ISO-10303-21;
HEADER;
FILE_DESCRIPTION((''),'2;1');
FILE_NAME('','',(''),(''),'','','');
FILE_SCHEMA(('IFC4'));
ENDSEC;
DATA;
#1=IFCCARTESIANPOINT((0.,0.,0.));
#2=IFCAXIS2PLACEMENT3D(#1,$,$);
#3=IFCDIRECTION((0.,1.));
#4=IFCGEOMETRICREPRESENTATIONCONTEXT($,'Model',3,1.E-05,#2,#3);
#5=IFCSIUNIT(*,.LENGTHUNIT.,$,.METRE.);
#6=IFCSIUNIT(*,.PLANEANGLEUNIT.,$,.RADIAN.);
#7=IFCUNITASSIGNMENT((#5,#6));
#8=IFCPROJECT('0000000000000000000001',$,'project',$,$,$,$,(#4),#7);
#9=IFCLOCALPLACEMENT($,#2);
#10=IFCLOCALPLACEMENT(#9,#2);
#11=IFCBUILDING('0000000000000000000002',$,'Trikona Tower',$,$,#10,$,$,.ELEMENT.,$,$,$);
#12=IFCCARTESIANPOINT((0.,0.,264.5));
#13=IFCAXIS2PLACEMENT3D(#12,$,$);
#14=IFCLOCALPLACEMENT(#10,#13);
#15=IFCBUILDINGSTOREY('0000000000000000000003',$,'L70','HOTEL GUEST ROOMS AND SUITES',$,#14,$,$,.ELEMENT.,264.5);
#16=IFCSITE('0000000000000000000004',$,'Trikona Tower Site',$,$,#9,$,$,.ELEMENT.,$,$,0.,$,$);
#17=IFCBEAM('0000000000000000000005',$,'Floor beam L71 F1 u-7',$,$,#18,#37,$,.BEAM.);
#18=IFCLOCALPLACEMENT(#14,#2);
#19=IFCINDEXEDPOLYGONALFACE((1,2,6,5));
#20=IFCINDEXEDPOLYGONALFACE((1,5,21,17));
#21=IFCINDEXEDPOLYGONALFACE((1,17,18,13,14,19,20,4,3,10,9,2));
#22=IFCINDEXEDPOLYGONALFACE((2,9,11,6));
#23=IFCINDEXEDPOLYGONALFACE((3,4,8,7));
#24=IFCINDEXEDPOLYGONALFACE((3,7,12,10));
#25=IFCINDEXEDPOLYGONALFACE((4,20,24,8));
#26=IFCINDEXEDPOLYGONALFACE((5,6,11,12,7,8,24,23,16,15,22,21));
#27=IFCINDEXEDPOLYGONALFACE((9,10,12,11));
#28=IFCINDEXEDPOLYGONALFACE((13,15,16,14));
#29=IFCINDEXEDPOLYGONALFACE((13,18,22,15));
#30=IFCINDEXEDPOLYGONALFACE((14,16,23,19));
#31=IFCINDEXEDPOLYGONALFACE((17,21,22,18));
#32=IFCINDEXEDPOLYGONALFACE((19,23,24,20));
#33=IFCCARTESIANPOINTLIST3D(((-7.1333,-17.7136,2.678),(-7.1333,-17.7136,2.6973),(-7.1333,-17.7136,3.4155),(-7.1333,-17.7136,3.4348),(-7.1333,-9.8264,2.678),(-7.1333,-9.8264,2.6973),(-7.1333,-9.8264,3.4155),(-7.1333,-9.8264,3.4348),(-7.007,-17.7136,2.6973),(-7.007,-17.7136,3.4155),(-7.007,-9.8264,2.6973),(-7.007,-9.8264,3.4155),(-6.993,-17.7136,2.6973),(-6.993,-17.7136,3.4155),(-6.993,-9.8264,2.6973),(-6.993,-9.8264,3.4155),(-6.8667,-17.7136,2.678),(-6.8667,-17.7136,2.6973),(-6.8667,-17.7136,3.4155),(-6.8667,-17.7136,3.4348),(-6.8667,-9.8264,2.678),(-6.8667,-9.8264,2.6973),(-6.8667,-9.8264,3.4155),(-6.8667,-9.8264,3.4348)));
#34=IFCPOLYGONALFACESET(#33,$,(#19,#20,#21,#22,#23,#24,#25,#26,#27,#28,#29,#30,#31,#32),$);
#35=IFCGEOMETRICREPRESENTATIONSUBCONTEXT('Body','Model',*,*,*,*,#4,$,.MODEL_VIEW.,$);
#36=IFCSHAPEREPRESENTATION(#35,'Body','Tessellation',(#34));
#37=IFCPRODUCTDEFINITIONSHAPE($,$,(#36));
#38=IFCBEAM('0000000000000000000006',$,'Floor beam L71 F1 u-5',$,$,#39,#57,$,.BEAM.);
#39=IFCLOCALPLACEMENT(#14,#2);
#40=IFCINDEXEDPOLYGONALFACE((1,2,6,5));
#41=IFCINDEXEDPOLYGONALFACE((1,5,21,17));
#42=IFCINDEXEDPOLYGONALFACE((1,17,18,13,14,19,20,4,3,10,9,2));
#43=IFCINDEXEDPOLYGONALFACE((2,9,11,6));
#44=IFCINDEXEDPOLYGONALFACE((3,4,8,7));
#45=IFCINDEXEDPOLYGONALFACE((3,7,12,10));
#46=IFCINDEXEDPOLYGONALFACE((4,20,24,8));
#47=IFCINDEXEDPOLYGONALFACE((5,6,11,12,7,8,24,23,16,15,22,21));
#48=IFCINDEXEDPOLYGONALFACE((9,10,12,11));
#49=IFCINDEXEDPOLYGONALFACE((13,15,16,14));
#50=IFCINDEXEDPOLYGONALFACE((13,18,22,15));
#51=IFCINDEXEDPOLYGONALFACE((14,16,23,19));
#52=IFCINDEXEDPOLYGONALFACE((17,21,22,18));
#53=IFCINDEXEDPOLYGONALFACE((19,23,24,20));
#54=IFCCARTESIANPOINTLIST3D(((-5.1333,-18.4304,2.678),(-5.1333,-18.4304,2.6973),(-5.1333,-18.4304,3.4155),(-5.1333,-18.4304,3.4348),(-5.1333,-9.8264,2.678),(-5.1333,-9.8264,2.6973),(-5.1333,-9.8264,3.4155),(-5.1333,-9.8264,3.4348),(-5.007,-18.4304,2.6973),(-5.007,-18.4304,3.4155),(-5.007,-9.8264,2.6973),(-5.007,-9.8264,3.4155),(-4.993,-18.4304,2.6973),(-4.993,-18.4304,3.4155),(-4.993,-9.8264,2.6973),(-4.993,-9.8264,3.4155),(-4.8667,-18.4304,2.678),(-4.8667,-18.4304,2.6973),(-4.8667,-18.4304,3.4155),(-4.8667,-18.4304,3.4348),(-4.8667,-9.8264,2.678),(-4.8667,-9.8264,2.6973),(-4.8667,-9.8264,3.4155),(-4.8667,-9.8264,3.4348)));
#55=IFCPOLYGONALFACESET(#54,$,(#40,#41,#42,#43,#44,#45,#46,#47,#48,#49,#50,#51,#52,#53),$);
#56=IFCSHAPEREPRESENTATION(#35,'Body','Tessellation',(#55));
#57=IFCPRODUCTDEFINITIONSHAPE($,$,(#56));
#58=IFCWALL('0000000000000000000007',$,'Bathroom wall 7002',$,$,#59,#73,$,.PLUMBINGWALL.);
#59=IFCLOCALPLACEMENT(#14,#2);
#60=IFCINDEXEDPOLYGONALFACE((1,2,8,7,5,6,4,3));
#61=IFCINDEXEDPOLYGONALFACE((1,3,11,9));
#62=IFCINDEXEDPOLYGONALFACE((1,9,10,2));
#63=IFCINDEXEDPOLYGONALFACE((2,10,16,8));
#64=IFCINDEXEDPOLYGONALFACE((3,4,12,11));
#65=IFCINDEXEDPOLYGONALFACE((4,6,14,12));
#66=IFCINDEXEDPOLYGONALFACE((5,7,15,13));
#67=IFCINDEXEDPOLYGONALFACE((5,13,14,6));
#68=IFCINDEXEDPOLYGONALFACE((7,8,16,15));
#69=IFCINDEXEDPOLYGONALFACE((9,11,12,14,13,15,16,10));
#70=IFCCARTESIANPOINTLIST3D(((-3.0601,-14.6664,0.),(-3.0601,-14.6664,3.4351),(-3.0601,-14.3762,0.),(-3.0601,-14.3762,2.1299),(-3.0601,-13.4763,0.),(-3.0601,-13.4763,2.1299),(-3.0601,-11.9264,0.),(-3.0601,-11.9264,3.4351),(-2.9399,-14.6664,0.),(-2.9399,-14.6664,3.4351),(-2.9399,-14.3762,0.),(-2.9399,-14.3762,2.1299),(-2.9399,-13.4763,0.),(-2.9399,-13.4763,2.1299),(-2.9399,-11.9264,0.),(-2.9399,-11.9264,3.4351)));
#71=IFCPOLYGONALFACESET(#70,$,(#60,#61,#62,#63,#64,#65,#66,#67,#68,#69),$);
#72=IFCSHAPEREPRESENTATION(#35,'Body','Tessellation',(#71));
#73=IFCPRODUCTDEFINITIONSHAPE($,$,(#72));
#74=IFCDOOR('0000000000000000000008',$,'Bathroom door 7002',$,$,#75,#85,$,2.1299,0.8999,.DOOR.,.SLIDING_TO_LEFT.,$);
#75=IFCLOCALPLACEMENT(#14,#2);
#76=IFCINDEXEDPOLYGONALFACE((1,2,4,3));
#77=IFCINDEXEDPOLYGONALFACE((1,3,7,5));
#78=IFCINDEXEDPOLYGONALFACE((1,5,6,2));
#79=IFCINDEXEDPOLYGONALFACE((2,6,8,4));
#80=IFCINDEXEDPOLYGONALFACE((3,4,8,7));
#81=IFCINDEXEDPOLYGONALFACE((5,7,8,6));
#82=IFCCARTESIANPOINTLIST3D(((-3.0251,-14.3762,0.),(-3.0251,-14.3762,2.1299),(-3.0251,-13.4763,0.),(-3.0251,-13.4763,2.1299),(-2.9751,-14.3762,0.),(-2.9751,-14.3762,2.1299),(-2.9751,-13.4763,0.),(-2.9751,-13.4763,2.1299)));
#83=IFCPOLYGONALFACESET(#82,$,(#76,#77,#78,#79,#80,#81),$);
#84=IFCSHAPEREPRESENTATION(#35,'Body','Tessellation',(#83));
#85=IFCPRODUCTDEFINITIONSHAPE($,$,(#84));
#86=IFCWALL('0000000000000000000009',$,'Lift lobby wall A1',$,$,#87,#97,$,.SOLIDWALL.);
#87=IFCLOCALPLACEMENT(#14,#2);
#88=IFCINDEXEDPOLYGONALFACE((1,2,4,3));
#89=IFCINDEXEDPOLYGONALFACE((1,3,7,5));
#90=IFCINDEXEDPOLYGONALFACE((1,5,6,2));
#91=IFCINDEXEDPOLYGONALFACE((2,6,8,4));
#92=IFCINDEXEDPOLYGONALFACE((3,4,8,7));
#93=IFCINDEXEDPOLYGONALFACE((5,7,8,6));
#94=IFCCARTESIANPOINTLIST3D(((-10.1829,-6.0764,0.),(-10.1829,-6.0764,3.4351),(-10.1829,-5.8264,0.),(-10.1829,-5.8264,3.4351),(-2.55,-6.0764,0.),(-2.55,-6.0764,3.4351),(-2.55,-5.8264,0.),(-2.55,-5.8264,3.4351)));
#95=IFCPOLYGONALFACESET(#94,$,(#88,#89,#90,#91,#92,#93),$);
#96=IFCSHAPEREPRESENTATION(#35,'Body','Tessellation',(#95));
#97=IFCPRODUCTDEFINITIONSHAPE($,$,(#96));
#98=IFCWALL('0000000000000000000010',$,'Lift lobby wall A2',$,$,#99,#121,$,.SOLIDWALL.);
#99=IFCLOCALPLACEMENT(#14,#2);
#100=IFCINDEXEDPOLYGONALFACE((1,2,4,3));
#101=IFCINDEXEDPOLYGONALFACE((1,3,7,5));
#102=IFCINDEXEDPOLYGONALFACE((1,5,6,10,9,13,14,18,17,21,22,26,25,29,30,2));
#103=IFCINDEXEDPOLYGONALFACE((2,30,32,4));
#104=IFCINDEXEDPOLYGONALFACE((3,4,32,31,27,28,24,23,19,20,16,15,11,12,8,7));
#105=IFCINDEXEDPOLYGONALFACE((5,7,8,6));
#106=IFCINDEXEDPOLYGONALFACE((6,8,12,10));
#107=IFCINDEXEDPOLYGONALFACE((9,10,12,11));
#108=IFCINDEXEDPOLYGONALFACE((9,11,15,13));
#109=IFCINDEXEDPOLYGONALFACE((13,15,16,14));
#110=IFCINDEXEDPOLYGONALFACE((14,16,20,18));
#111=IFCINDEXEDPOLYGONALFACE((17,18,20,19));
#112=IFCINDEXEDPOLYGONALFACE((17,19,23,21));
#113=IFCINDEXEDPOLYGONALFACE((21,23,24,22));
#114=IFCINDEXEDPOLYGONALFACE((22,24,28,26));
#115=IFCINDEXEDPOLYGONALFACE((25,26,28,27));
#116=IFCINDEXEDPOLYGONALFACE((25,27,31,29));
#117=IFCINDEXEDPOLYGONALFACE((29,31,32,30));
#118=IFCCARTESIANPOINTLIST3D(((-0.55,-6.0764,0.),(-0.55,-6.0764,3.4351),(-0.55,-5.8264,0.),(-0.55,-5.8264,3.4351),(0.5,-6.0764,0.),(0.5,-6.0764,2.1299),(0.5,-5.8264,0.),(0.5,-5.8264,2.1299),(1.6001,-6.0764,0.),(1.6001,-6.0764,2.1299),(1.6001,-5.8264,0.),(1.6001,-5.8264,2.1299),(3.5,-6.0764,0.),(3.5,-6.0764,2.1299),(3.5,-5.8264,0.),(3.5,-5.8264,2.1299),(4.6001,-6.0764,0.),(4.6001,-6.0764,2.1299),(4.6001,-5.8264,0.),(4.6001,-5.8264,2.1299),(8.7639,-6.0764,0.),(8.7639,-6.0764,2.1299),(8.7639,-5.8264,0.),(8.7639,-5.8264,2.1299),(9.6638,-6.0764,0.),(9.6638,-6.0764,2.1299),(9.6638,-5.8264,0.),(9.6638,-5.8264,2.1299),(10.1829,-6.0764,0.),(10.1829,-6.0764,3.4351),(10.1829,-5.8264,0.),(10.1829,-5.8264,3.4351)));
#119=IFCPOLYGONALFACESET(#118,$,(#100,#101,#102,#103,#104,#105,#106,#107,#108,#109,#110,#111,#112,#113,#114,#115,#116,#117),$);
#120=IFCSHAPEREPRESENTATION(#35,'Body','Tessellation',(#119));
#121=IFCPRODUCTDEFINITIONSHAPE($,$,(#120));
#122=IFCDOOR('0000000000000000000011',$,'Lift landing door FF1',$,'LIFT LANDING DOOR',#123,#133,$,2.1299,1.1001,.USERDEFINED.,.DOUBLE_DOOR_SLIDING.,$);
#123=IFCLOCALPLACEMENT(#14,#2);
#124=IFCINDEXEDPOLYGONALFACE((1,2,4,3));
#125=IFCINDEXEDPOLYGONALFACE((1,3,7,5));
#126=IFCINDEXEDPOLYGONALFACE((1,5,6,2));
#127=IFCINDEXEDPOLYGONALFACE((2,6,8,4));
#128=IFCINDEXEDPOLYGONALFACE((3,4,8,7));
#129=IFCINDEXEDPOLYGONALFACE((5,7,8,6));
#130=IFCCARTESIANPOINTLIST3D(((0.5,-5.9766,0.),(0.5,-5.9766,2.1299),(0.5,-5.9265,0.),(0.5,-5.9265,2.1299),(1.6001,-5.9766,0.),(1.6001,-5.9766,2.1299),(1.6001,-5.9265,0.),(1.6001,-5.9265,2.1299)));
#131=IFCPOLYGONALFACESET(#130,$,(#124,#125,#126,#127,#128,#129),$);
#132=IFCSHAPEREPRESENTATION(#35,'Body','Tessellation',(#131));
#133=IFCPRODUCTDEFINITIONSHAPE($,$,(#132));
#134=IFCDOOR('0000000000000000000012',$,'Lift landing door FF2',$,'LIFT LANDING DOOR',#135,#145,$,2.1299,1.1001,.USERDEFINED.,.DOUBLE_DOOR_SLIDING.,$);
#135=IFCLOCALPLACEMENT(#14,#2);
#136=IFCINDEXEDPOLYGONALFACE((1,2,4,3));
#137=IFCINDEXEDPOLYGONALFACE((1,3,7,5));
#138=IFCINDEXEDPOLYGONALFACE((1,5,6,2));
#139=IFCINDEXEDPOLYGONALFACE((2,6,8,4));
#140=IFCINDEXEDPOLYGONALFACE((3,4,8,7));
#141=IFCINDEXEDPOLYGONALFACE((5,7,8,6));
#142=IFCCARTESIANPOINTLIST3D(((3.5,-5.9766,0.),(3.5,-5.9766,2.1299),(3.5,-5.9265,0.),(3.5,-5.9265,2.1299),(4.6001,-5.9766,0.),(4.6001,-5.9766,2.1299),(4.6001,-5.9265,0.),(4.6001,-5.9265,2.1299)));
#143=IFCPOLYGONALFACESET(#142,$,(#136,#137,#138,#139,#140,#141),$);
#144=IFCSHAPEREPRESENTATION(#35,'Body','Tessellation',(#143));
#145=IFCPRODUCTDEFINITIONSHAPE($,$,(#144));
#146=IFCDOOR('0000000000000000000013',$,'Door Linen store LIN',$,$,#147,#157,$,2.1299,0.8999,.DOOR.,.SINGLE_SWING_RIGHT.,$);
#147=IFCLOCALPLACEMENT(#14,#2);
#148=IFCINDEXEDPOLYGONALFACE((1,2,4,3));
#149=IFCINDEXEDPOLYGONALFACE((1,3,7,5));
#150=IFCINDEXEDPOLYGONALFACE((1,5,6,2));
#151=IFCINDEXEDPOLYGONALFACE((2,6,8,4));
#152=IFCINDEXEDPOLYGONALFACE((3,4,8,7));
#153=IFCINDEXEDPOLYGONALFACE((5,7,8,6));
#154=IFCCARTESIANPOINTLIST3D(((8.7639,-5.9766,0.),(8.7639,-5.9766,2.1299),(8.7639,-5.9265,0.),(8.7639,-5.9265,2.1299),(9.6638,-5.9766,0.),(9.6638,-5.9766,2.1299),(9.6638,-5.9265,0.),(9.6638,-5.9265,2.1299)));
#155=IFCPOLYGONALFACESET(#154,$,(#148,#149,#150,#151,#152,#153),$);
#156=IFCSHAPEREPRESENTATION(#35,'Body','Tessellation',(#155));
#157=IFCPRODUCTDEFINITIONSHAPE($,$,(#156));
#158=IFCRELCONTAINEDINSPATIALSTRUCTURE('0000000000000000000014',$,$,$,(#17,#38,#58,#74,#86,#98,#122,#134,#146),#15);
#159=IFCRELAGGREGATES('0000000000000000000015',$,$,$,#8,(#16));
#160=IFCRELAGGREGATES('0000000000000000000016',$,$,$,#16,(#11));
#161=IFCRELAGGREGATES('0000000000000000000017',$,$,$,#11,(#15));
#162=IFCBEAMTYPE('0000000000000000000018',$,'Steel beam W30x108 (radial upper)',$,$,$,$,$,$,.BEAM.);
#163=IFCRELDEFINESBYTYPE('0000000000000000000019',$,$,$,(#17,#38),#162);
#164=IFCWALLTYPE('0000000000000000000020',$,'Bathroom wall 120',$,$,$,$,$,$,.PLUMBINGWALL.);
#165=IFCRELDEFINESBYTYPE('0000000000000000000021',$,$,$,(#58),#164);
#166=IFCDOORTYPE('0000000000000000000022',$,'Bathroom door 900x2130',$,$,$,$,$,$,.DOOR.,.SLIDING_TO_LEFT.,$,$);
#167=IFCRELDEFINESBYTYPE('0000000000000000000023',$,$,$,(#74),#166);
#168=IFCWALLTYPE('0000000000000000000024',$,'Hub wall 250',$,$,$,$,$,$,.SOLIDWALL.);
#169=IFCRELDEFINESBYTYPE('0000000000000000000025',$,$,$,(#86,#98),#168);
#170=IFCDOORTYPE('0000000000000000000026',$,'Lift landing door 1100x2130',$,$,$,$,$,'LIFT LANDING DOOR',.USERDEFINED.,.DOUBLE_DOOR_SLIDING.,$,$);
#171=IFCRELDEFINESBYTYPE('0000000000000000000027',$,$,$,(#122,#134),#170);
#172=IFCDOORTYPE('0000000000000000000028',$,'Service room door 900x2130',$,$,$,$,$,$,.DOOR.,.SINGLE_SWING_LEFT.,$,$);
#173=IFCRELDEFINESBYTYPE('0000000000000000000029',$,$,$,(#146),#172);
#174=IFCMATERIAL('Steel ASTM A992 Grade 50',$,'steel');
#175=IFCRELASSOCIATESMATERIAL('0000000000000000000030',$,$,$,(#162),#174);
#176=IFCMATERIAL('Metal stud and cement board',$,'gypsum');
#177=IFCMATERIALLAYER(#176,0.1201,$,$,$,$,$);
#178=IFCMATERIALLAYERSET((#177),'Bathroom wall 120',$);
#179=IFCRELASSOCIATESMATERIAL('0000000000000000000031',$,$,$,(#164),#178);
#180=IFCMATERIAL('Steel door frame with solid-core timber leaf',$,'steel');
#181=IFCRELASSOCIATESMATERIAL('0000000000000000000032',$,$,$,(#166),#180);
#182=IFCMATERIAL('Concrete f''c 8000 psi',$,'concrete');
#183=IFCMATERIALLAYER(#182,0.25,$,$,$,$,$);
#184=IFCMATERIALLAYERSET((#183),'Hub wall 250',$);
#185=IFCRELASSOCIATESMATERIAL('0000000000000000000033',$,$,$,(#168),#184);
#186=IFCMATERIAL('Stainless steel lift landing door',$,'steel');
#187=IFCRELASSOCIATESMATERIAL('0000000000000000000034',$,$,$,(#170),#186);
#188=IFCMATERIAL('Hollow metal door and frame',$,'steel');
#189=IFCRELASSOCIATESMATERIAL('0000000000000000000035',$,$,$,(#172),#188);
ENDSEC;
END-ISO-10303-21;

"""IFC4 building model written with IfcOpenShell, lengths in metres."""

from ifc_helpers import new_model, si_unit, direction, frame, frame_2d, origin, origin_2d, place, context, subcontext, project, spatial, rectangle, i_section, extrude, material, layer, layer_set, material_profile, profile_set, type_object, element, fill, save


model = new_model("IFC4")

# Units and contexts
model_context = context("Model", 3, precision=1e-05, world=origin(), true_north=direction((0.0, 1.0)))
body_context = subcontext(model_context, "Body", "Model", "MODEL_VIEW")
ifc_project = project(units=[si_unit("LENGTHUNIT", "METRE"), si_unit("PLANEANGLEUNIT", "RADIAN")], contexts=[model_context])

# Site, building, storey
site_placement = place(None, origin())
site = spatial("IfcSite", under=ifc_project, at=site_placement, Name="Trikona Tower Site", CompositionType="ELEMENT", RefElevation=0.0)
building_placement = place(site_placement, origin())
building = spatial("IfcBuilding", under=site, at=building_placement, Name="Trikona Tower", CompositionType="ELEMENT")
storey_placement = place(building_placement, frame((0.0, 0.0, 264.5)))
storey = spatial("IfcBuildingStorey", under=building, at=storey_placement, Name="L70", Description="HOTEL GUEST ROOMS AND SUITES", CompositionType="ELEMENT", Elevation=264.5)

# Beams
ifc_material_1 = material(Name="Steel ASTM A992 Grade 50", Category="steel")
ifc_material_profile = material_profile(ifc_material_1, i_section(OverallWidth=0.2666, OverallDepth=0.7568, WebThickness=0.0139, FlangeThickness=0.0193, at=origin_2d()), Name="W30X108")
ifc_profile_set = profile_set([ifc_material_profile], Name="Steel ASTM A992 Grade 50")
beam_type = type_object("IfcBeamType", Name="Steel beam W30x108 (radial upper)", PredefinedType="BEAM", material=ifc_profile_set)
beam_1_placement = place(storey_placement, frame((-7.0, -9.8264, 3.0564), z_axis=(0.0, -1.0, 0.0), x_axis=(1.0, 0.0, 0.0)))
element("IfcBeam", 1, at=beam_1_placement, inside=storey, type_object=beam_type, Name="Floor beam L71 F1 u-7", PredefinedType="BEAM", context=body_context, shape_type="SweptSolid", body=[
    extrude(i_section(OverallWidth=0.2666, OverallDepth=0.7568, WebThickness=0.0139, FlangeThickness=0.0193, at=origin_2d()), origin(), (0.0, 0.0, 1.0), 7.8872),
])
beam_2_placement = place(storey_placement, frame((-5.0, -9.8264, 3.0564), z_axis=(0.0, -1.0, 0.0), x_axis=(1.0, 0.0, 0.0)))
element("IfcBeam", 2, at=beam_2_placement, inside=storey, type_object=beam_type, Name="Floor beam L71 F1 u-5", PredefinedType="BEAM", context=body_context, shape_type="SweptSolid", body=[
    extrude(i_section(OverallWidth=0.2666, OverallDepth=0.7568, WebThickness=0.0139, FlangeThickness=0.0193, at=origin_2d()), origin(), (0.0, 0.0, 1.0), 8.604),
])

# Wall, opening, door
ifc_material_2 = material(Name="Metal stud and cement board", Category="gypsum")
ifc_layer_1 = layer(ifc_material_2, 0.1201)
ifc_layer_set_1 = layer_set([ifc_layer_1], Name="Bathroom wall 120")
wall_type_1 = type_object("IfcWallType", Name="Bathroom wall 120", PredefinedType="PLUMBINGWALL", material=ifc_layer_set_1)
wall_1_placement = place(storey_placement, frame((-3.0, -11.9263, 0.0), z_axis=(0.0, 0.0, 1.0), x_axis=(0.0, -1.0, 0.0)))
wall_1 = element("IfcWall", 3, at=wall_1_placement, inside=storey, type_object=wall_type_1, Name="Bathroom wall 7002", PredefinedType="PLUMBINGWALL", context=body_context, shape_type="SweptSolid", body=[
    extrude(rectangle(XDim=2.74, YDim=0.1201, at=frame_2d((1.3701, 0.0))), origin(), (0.0, 0.0, 1.0), 3.4351),
])
opening_1_placement = place(wall_1_placement, frame((1.55, 0.0, 0.0)))
opening_1 = element("IfcOpeningElement", 4, at=opening_1_placement, cuts=wall_1, PredefinedType="OPENING", context=body_context, shape_type="SweptSolid", body=[
    extrude(rectangle(XDim=0.8999, YDim=2.1299, at=frame_2d((0.45, 1.0649))), frame((0.0, 0.0701, 0.0), z_axis=(0.0, -1.0, 0.0), x_axis=(1.0, 0.0, 0.0)), (0.0, 0.0, 1.0), 0.1401),
])
ifc_material_3 = material(Name="Steel door frame with solid-core timber leaf", Category="steel")
door_type_1 = type_object("IfcDoorType", Name="Bathroom door 900x2130", OperationType="SLIDING_TO_LEFT", PredefinedType="DOOR", material=ifc_material_3)
door_1_placement = place(opening_1_placement, origin())
door_1 = element("IfcDoor", 5, at=door_1_placement, inside=storey, type_object=door_type_1, Name="Bathroom door 7002", OperationType="SLIDING_TO_LEFT", OverallHeight=2.1299, OverallWidth=0.8999, PredefinedType="DOOR", context=body_context, shape_type="SweptSolid", body=[
    extrude(rectangle(XDim=0.8999, YDim=2.1299, at=frame_2d((0.45, 1.0649))), frame((0.0, 0.0249, 0.0), z_axis=(0.0, -1.0, 0.0), x_axis=(1.0, 0.0, 0.0)), (0.0, 0.0, 1.0), 0.05),
])
fill(opening_1, door_1)

# Wall
ifc_material_4 = material(Name="Concrete f'c 8000 psi", Category="concrete")
ifc_layer_2 = layer(ifc_material_4, 0.25)
ifc_layer_set_2 = layer_set([ifc_layer_2], Name="Hub wall 250")
wall_type_2 = type_object("IfcWallType", Name="Hub wall 250", PredefinedType="SOLIDWALL", material=ifc_layer_set_2)
wall_2_placement = place(storey_placement, frame((-10.1829, -5.9514, 0.0), z_axis=(0.0, 0.0, 1.0), x_axis=(1.0, 0.0, 0.0)))
element("IfcWall", 6, at=wall_2_placement, inside=storey, type_object=wall_type_2, Name="Lift lobby wall A1", PredefinedType="SOLIDWALL", context=body_context, shape_type="SweptSolid", body=[
    extrude(rectangle(XDim=7.6328, YDim=0.25, at=frame_2d((3.8164, 0.0))), origin(), (0.0, 0.0, 1.0), 3.4351),
])

# Wall, openings, doors
wall_3_placement = place(storey_placement, frame((-0.55, -5.9514, 0.0), z_axis=(0.0, 0.0, 1.0), x_axis=(1.0, 0.0, 0.0)))
wall_3 = element("IfcWall", 7, at=wall_3_placement, inside=storey, type_object=wall_type_2, Name="Lift lobby wall A2", PredefinedType="SOLIDWALL", context=body_context, shape_type="SweptSolid", body=[
    extrude(rectangle(XDim=10.7329, YDim=0.25, at=frame_2d((5.3665, 0.0))), origin(), (0.0, 0.0, 1.0), 3.4351),
])
opening_2_placement = place(wall_3_placement, frame((9.314, 0.0, 0.0)))
opening_2 = element("IfcOpeningElement", 8, at=opening_2_placement, cuts=wall_3, PredefinedType="OPENING", context=body_context, shape_type="SweptSolid", body=[
    extrude(rectangle(XDim=0.8999, YDim=2.1299, at=frame_2d((0.45, 1.0649))), frame((0.0, 0.135, 0.0), z_axis=(0.0, -1.0, 0.0), x_axis=(1.0, 0.0, 0.0)), (0.0, 0.0, 1.0), 0.27),
])
opening_3_placement = place(wall_3_placement, frame((1.05, 0.0, 0.0)))
opening_3 = element("IfcOpeningElement", 9, at=opening_3_placement, cuts=wall_3, PredefinedType="OPENING", context=body_context, shape_type="SweptSolid", body=[
    extrude(rectangle(XDim=1.1001, YDim=2.1299, at=frame_2d((0.55, 1.0649))), frame((0.0, 0.135, 0.0), z_axis=(0.0, -1.0, 0.0), x_axis=(1.0, 0.0, 0.0)), (0.0, 0.0, 1.0), 0.27),
])
opening_4_placement = place(wall_3_placement, frame((4.05, 0.0, 0.0)))
opening_4 = element("IfcOpeningElement", 10, at=opening_4_placement, cuts=wall_3, PredefinedType="OPENING", context=body_context, shape_type="SweptSolid", body=[
    extrude(rectangle(XDim=1.1001, YDim=2.1299, at=frame_2d((0.55, 1.0649))), frame((0.0, 0.135, 0.0), z_axis=(0.0, -1.0, 0.0), x_axis=(1.0, 0.0, 0.0)), (0.0, 0.0, 1.0), 0.27),
])
ifc_material_5 = material(Name="Stainless steel lift landing door", Category="steel")
door_type_2 = type_object("IfcDoorType", Name="Lift landing door 1100x2130", ElementType="LIFT LANDING DOOR", OperationType="DOUBLE_DOOR_SLIDING", PredefinedType="USERDEFINED", material=ifc_material_5)
door_2_placement = place(opening_3_placement, origin())
door_2 = element("IfcDoor", 11, at=door_2_placement, inside=storey, type_object=door_type_2, Name="Lift landing door FF1", ObjectType="LIFT LANDING DOOR", OperationType="DOUBLE_DOOR_SLIDING", OverallHeight=2.1299, OverallWidth=1.1001, PredefinedType="USERDEFINED", context=body_context, shape_type="SweptSolid", body=[
    extrude(rectangle(XDim=1.1001, YDim=2.1299, at=frame_2d((0.55, 1.0649))), frame((0.0, 0.0249, 0.0), z_axis=(0.0, -1.0, 0.0), x_axis=(1.0, 0.0, 0.0)), (0.0, 0.0, 1.0), 0.05),
])
fill(opening_3, door_2)
door_3_placement = place(opening_4_placement, origin())
door_3 = element("IfcDoor", 12, at=door_3_placement, inside=storey, type_object=door_type_2, Name="Lift landing door FF2", ObjectType="LIFT LANDING DOOR", OperationType="DOUBLE_DOOR_SLIDING", OverallHeight=2.1299, OverallWidth=1.1001, PredefinedType="USERDEFINED", context=body_context, shape_type="SweptSolid", body=[
    extrude(rectangle(XDim=1.1001, YDim=2.1299, at=frame_2d((0.55, 1.0649))), frame((0.0, 0.0249, 0.0), z_axis=(0.0, -1.0, 0.0), x_axis=(1.0, 0.0, 0.0)), (0.0, 0.0, 1.0), 0.05),
])
fill(opening_4, door_3)
ifc_material_6 = material(Name="Hollow metal door and frame", Category="steel")
door_type_3 = type_object("IfcDoorType", Name="Service room door 900x2130", OperationType="SINGLE_SWING_LEFT", PredefinedType="DOOR", material=ifc_material_6)
door_4_placement = place(opening_2_placement, origin())
door_4 = element("IfcDoor", 13, at=door_4_placement, inside=storey, type_object=door_type_3, Name="Door Linen store LIN", OperationType="SINGLE_SWING_RIGHT", OverallHeight=2.1299, OverallWidth=0.8999, PredefinedType="DOOR", context=body_context, shape_type="SweptSolid", body=[
    extrude(rectangle(XDim=0.8999, YDim=2.1299, at=frame_2d((0.45, 1.0649))), frame((0.0, 0.0249, 0.0), z_axis=(0.0, -1.0, 0.0), x_axis=(1.0, 0.0, 0.0)), (0.0, 0.0, 1.0), 0.05),
])
fill(opening_2, door_4)

save(model, "model.ifc")
